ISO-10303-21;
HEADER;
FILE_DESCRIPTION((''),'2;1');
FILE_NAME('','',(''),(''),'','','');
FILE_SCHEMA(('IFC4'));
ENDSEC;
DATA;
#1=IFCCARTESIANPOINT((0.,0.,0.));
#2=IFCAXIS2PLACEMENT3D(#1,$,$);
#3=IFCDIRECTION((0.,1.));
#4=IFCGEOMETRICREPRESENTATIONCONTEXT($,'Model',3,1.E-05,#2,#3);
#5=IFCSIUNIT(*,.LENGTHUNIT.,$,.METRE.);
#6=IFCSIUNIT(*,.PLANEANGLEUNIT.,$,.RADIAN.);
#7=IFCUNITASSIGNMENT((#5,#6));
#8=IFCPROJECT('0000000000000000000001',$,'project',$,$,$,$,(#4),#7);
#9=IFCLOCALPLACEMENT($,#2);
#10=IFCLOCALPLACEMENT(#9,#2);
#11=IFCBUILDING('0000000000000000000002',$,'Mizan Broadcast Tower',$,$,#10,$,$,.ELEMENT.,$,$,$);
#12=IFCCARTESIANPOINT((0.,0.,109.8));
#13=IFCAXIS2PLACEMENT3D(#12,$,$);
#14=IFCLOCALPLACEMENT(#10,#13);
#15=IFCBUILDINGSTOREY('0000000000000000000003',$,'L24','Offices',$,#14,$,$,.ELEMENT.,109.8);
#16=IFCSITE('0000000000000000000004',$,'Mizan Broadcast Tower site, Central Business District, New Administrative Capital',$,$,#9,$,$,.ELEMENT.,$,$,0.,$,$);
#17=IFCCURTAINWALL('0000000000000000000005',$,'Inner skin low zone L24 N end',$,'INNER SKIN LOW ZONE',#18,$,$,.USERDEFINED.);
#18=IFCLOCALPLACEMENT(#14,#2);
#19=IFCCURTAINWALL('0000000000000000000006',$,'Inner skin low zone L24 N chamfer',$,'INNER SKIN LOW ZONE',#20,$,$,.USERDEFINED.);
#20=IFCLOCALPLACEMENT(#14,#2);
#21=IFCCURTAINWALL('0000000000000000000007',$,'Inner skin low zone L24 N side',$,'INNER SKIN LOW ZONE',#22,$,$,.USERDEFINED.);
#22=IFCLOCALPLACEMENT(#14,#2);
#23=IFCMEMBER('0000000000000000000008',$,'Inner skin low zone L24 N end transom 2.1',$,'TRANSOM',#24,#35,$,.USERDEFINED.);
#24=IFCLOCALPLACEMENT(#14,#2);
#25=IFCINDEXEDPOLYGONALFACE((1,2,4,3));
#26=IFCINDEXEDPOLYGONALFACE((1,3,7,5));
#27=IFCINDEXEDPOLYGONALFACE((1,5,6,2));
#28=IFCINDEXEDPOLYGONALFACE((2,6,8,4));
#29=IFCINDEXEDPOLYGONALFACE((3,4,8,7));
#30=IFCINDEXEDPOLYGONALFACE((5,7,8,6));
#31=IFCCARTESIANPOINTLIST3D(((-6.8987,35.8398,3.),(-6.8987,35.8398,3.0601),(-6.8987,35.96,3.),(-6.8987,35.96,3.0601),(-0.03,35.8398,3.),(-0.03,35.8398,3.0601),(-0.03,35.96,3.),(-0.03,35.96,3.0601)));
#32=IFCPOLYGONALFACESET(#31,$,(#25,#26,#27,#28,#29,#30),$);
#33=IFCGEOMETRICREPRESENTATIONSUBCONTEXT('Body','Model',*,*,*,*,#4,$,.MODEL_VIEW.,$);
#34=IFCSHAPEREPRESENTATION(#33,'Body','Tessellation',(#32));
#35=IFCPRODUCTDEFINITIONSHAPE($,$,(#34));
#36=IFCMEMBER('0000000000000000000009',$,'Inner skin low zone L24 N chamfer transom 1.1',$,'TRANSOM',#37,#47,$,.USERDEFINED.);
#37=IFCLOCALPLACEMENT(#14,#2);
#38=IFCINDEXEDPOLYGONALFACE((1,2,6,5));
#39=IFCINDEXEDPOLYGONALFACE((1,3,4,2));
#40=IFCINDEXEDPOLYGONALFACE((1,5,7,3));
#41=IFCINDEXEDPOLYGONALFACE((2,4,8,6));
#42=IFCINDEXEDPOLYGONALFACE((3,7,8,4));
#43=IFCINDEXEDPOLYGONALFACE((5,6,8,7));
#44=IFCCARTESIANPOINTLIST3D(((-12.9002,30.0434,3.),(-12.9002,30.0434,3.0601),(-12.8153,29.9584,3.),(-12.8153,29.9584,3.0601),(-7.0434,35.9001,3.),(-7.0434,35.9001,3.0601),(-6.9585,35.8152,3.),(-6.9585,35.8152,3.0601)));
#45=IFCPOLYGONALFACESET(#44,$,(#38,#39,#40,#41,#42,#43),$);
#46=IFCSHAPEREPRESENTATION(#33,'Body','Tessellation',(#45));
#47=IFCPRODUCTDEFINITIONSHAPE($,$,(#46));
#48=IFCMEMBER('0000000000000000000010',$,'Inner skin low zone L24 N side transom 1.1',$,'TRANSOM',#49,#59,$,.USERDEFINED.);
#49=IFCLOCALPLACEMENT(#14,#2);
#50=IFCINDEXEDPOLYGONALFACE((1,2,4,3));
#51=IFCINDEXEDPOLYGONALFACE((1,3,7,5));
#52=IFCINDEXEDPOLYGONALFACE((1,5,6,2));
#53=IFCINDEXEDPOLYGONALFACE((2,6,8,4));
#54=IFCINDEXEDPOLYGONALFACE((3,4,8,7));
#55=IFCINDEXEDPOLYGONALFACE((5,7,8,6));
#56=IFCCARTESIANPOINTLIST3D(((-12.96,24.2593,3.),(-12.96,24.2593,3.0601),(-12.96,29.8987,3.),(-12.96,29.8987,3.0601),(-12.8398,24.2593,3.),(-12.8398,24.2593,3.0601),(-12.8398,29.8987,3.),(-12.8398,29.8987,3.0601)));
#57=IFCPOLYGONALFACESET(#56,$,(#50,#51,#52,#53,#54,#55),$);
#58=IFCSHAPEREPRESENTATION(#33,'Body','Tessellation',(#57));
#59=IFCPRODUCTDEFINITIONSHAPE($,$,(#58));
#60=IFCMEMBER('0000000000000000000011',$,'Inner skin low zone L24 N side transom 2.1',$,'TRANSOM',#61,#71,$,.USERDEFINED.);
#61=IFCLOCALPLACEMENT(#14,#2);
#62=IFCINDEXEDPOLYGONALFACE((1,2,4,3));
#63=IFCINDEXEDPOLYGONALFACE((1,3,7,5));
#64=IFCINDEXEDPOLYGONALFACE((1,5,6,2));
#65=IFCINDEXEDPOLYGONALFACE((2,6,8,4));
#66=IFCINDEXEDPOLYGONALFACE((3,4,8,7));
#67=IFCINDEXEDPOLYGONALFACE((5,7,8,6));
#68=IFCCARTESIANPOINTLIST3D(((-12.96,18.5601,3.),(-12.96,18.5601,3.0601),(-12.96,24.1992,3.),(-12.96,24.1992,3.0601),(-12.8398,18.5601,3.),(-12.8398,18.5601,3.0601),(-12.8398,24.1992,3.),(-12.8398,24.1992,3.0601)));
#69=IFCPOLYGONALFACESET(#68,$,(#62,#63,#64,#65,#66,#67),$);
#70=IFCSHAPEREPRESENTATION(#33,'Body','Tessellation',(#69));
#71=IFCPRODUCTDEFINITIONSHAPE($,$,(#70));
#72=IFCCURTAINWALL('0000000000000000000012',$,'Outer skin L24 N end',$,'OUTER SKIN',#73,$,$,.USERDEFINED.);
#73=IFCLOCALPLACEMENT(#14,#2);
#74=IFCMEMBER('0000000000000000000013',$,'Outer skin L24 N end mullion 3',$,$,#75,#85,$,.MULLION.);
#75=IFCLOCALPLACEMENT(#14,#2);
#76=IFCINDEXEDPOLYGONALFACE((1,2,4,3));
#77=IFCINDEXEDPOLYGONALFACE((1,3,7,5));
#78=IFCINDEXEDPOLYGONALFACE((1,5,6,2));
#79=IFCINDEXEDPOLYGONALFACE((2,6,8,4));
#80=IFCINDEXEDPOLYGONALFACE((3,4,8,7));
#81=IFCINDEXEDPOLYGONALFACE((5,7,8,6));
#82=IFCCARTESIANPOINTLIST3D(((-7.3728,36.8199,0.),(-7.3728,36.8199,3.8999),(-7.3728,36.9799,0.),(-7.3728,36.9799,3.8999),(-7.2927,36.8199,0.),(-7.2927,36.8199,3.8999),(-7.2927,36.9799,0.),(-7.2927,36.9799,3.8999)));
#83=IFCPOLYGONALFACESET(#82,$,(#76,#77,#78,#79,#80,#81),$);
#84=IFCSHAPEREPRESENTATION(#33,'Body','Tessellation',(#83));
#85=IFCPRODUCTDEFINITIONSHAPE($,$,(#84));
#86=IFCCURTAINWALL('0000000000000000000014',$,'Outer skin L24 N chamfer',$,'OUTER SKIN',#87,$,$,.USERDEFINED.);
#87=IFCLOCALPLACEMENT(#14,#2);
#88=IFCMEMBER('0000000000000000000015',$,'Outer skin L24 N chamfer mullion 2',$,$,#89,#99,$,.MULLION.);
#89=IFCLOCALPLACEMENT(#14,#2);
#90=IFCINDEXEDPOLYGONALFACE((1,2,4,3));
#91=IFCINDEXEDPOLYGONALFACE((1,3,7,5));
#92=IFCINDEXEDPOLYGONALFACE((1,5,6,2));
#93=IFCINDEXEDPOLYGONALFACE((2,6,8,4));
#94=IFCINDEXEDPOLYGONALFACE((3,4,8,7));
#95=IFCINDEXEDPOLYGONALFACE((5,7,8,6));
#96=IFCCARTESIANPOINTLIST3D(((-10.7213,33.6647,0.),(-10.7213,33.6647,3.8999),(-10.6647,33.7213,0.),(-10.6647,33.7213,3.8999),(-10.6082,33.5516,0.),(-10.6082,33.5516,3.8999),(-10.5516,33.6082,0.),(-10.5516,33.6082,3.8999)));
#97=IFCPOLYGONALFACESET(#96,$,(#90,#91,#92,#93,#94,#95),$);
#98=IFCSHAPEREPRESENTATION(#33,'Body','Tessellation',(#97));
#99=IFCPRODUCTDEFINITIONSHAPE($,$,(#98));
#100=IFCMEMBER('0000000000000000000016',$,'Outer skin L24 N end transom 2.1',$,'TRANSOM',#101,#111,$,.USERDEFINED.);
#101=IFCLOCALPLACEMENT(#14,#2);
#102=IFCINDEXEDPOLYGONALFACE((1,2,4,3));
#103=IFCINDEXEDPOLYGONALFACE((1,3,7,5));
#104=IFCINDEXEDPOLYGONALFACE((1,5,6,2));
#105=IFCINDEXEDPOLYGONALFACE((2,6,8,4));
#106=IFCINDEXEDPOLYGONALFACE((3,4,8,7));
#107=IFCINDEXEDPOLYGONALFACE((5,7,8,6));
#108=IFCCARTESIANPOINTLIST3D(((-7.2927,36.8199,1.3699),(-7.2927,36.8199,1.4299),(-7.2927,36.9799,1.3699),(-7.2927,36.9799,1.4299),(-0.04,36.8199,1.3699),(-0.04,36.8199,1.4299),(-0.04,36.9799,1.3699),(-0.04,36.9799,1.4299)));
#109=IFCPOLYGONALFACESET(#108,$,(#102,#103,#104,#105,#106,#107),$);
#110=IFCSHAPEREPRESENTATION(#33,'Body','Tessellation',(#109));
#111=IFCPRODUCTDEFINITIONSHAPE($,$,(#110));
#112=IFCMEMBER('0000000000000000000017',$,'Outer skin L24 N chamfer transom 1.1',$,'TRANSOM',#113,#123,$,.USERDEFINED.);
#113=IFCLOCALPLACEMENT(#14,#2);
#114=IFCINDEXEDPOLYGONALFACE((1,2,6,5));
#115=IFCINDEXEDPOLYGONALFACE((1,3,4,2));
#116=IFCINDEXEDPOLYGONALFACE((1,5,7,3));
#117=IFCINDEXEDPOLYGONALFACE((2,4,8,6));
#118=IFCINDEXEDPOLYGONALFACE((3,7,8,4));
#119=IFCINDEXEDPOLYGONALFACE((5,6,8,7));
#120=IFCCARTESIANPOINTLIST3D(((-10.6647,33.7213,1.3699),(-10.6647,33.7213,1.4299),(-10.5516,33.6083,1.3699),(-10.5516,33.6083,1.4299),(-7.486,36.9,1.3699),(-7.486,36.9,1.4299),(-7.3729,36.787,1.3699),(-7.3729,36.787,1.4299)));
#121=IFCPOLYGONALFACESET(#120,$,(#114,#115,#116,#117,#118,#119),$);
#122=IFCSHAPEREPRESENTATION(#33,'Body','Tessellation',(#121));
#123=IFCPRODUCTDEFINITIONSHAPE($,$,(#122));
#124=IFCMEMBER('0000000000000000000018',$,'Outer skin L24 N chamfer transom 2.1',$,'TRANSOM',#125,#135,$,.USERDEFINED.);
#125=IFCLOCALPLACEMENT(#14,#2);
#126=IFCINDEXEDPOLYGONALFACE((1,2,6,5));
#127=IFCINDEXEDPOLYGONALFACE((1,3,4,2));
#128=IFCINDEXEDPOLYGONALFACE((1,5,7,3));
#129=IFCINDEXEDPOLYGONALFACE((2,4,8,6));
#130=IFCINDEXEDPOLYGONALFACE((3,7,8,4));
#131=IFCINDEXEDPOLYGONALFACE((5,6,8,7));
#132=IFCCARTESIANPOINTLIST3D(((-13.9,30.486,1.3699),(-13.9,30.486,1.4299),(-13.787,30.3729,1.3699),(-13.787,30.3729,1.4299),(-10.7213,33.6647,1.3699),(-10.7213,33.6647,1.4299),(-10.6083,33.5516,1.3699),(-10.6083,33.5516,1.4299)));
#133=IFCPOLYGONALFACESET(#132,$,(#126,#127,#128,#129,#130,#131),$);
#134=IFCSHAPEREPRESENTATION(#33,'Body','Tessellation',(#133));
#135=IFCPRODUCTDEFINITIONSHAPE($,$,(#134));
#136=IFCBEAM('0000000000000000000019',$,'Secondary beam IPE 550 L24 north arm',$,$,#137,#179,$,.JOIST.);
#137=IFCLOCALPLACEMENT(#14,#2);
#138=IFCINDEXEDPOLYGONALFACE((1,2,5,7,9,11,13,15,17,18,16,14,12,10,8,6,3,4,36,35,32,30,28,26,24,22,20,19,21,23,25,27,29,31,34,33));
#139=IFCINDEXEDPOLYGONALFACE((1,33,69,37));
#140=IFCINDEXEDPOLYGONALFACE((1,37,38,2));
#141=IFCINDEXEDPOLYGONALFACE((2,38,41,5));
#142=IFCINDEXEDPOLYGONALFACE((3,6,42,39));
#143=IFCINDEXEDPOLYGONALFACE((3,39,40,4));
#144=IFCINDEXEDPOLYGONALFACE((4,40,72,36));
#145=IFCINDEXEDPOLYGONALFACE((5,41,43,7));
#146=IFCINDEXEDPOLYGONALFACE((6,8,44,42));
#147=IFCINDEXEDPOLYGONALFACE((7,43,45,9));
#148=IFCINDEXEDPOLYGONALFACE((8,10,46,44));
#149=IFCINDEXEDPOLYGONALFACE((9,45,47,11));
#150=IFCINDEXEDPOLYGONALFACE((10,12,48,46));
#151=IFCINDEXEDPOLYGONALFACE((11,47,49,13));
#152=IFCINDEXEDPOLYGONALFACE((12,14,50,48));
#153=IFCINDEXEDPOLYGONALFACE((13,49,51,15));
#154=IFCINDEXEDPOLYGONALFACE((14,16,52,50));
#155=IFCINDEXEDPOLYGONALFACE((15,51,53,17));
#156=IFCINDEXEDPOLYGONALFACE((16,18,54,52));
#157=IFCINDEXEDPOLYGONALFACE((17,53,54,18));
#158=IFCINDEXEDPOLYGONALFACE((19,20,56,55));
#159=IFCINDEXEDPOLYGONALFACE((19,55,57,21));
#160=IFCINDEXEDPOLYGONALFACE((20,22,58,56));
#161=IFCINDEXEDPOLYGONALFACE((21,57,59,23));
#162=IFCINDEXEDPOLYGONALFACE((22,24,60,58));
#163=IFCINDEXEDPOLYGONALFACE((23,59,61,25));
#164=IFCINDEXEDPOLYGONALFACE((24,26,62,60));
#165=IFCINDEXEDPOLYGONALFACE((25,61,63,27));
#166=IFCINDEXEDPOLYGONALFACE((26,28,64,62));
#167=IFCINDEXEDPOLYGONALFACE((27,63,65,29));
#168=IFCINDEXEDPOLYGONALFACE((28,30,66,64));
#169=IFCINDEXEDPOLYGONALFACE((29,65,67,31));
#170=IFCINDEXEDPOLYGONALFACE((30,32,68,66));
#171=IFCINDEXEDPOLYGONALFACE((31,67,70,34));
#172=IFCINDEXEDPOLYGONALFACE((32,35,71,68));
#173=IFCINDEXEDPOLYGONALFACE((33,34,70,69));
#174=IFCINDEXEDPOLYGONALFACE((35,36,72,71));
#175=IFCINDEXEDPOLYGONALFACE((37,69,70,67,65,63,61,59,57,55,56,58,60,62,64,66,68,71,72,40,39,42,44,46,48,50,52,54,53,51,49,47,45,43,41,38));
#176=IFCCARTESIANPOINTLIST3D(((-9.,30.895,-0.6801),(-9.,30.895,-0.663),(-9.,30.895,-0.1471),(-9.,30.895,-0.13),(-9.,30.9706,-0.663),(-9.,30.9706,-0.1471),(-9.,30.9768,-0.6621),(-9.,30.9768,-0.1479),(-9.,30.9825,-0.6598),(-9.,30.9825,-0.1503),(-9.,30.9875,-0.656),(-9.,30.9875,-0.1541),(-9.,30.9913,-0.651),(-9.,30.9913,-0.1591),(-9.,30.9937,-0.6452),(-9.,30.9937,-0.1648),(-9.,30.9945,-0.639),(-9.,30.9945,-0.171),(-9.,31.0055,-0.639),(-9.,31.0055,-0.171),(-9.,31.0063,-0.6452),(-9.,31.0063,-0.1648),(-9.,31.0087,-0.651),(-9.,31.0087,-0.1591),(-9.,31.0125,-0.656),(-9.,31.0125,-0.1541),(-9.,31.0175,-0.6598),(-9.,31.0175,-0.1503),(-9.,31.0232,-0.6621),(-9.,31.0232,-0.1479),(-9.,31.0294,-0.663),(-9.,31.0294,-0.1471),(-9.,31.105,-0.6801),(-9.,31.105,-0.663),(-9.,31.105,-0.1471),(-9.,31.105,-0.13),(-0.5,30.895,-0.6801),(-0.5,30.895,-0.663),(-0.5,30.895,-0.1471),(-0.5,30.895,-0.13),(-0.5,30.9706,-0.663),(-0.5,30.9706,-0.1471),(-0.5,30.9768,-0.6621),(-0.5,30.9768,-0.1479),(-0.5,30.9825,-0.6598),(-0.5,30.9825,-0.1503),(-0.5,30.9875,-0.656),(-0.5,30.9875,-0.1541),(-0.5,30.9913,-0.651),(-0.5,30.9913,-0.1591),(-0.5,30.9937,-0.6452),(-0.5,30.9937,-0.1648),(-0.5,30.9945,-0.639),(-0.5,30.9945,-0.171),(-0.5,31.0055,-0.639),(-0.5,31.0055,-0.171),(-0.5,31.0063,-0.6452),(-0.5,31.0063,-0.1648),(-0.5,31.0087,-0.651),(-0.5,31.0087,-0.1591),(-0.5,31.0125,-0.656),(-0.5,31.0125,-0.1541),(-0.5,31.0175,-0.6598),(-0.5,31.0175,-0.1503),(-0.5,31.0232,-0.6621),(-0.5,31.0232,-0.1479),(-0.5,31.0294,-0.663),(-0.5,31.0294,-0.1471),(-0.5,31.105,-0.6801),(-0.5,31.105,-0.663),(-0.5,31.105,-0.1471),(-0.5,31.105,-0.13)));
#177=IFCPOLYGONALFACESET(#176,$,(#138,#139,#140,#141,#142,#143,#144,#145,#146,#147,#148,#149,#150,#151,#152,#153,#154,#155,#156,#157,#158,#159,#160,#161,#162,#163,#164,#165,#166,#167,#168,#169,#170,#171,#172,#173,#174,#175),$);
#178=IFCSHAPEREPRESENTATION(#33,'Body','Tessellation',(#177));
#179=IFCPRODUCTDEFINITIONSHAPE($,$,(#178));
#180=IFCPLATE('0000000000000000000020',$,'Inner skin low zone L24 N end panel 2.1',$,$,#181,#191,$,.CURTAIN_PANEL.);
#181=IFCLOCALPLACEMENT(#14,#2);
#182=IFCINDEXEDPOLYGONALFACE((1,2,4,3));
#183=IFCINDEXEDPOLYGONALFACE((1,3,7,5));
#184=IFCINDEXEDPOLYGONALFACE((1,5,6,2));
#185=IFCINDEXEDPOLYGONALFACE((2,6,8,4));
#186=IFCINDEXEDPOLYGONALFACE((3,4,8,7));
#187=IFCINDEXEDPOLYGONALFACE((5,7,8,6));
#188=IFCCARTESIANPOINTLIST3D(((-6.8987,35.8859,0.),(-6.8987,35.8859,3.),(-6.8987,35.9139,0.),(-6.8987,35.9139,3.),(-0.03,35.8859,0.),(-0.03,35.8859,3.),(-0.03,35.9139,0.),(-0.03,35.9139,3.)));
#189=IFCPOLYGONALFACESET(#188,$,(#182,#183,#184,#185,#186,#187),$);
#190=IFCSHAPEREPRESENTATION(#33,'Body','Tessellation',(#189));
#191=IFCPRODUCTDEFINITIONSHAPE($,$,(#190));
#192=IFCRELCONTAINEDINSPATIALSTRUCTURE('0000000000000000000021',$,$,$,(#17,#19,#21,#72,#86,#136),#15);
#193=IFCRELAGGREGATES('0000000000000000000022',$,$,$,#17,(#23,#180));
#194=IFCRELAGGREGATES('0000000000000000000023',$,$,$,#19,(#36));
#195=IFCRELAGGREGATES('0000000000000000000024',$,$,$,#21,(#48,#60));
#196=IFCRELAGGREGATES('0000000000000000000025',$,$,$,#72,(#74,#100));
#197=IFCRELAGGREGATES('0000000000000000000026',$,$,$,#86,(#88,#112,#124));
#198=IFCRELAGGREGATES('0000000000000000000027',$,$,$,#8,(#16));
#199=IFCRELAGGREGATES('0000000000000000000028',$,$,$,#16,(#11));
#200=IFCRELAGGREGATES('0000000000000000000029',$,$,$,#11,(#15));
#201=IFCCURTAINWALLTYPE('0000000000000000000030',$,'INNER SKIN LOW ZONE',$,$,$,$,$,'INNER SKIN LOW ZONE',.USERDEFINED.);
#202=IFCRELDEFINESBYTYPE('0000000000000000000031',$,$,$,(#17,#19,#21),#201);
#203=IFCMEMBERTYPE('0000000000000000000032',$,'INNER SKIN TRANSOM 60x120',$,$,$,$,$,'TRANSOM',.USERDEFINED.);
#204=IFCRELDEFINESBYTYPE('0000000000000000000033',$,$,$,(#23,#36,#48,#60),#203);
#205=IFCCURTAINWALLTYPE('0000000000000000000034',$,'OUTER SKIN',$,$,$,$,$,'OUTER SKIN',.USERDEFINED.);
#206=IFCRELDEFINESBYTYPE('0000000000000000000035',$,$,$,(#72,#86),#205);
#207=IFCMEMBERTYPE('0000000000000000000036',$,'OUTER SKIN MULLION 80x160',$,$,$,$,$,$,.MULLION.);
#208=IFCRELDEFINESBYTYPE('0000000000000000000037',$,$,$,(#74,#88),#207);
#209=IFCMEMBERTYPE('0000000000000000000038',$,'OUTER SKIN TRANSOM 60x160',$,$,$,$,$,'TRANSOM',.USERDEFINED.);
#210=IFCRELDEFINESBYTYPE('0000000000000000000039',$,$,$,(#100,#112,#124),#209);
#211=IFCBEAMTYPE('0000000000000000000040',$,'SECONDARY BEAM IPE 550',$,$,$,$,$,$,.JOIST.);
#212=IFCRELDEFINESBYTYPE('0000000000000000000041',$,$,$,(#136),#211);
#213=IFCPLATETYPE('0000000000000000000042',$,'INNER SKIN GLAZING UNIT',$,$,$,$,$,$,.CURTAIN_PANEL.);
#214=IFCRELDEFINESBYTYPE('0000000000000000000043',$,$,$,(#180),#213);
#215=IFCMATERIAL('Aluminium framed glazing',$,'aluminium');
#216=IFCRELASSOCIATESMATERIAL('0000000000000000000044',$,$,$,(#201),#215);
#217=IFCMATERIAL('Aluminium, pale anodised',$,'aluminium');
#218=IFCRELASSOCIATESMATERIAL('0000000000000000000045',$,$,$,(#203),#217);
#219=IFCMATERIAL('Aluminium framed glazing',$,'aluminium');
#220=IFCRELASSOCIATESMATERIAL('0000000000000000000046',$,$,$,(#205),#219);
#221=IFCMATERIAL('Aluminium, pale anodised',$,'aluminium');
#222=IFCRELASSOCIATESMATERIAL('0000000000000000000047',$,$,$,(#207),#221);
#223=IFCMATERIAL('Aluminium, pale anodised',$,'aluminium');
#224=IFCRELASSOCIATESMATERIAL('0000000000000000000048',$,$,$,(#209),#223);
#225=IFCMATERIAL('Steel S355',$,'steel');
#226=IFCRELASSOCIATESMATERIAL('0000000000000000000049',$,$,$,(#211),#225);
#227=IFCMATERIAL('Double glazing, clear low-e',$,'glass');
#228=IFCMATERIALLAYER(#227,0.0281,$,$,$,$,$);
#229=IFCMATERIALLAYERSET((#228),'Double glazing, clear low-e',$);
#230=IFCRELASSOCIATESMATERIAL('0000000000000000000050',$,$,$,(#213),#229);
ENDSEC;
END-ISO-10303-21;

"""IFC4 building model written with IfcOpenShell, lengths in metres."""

from ifc_helpers import new_model, si_unit, direction, frame, origin, origin_2d, place, context, subcontext, project, spatial, rectangle, i_section, extrude, material, layer, layer_set, material_profile, profile_set, type_object, element, aggregate, save


model = new_model("IFC4")

# Units and contexts
model_context = context("Model", 3, precision=1e-05, world=origin(), true_north=direction((0.0, 1.0)))
body_context = subcontext(model_context, "Body", "Model", "MODEL_VIEW")
ifc_project = project(units=[si_unit("LENGTHUNIT", "METRE"), si_unit("PLANEANGLEUNIT", "RADIAN")], contexts=[model_context])

# Site, building, storey
site_placement = place(None, origin())
site = spatial("IfcSite", under=ifc_project, at=site_placement, Name="Mizan Broadcast Tower site, Central Business District, New Administrative Capital", CompositionType="ELEMENT", RefElevation=0.0)
building_placement = place(site_placement, origin())
building = spatial("IfcBuilding", under=site, at=building_placement, Name="Mizan Broadcast Tower", CompositionType="ELEMENT")
storey_placement = place(building_placement, frame((0.0, 0.0, 109.8)))
storey = spatial("IfcBuildingStorey", under=building, at=storey_placement, Name="L24", Description="Offices", CompositionType="ELEMENT", Elevation=109.8)

# Curtain walls
ifc_material_1 = material(Name="Aluminium framed glazing", Category="aluminium")
curtain_wall_type_1 = type_object("IfcCurtainWallType", Name="INNER SKIN LOW ZONE", ElementType="INNER SKIN LOW ZONE", PredefinedType="USERDEFINED", material=ifc_material_1)
curtain_wall_1_placement = place(storey_placement, origin())
curtain_wall_1 = element("IfcCurtainWall", 1, at=curtain_wall_1_placement, inside=storey, type_object=curtain_wall_type_1, Name="Inner skin low zone L24 N end", ObjectType="INNER SKIN LOW ZONE", PredefinedType="USERDEFINED")
curtain_wall_2_placement = place(storey_placement, origin())
curtain_wall_2 = element("IfcCurtainWall", 2, at=curtain_wall_2_placement, inside=storey, type_object=curtain_wall_type_1, Name="Inner skin low zone L24 N chamfer", ObjectType="INNER SKIN LOW ZONE", PredefinedType="USERDEFINED")
curtain_wall_3_placement = place(storey_placement, origin())
curtain_wall_3 = element("IfcCurtainWall", 3, at=curtain_wall_3_placement, inside=storey, type_object=curtain_wall_type_1, Name="Inner skin low zone L24 N side", ObjectType="INNER SKIN LOW ZONE", PredefinedType="USERDEFINED")

# Members
ifc_material_2 = material(Name="Aluminium, pale anodised", Category="aluminium")
ifc_material_profile_1 = material_profile(ifc_material_2, rectangle(XDim=0.1201, YDim=0.0601, at=origin_2d()), Name="TRANSOM 120x60")
ifc_profile_set_1 = profile_set([ifc_material_profile_1], Name="Aluminium, pale anodised")
member_type_1 = type_object("IfcMemberType", Name="INNER SKIN TRANSOM 60x120", ElementType="TRANSOM", PredefinedType="USERDEFINED", material=ifc_profile_set_1)
member_1_placement = place(storey_placement, frame((-0.03, 35.8999, 3.03), z_axis=(-1.0, 0.0, 0.0), x_axis=(0.0, -1.0, 0.0)))
member_1 = element("IfcMember", 4, at=member_1_placement, type_object=member_type_1, Name="Inner skin low zone L24 N end transom 2.1", ObjectType="TRANSOM", PredefinedType="USERDEFINED", context=body_context, shape_type="SweptSolid", body=[
    extrude(rectangle(XDim=0.1201, YDim=0.0601, at=origin_2d()), origin(), (0.0, 0.0, 1.0), 6.8687),
])
member_2_placement = place(storey_placement, frame((-7.001, 35.8577, 3.03), z_axis=(-0.707107, -0.707107, 0.0), x_axis=(0.707107, -0.707107, 0.0)))
member_2 = element("IfcMember", 5, at=member_2_placement, type_object=member_type_1, Name="Inner skin low zone L24 N chamfer transom 1.1", ObjectType="TRANSOM", PredefinedType="USERDEFINED", context=body_context, shape_type="SweptSolid", body=[
    extrude(rectangle(XDim=0.1201, YDim=0.0601, at=origin_2d()), origin(), (0.0, 0.0, 1.0), 8.2827),
])
member_3_placement = place(storey_placement, frame((-12.8999, 29.8987, 3.03), z_axis=(0.0, -1.0, 0.0), x_axis=(1.0, 0.0, 0.0)))
member_3 = element("IfcMember", 6, at=member_3_placement, type_object=member_type_1, Name="Inner skin low zone L24 N side transom 1.1", ObjectType="TRANSOM", PredefinedType="USERDEFINED", context=body_context, shape_type="SweptSolid", body=[
    extrude(rectangle(XDim=0.1201, YDim=0.0601, at=origin_2d()), origin(), (0.0, 0.0, 1.0), 5.6394),
])
member_4_placement = place(storey_placement, frame((-12.8999, 24.1992, 3.03), z_axis=(0.0, -1.0, 0.0), x_axis=(1.0, 0.0, 0.0)))
member_4 = element("IfcMember", 7, at=member_4_placement, type_object=member_type_1, Name="Inner skin low zone L24 N side transom 2.1", ObjectType="TRANSOM", PredefinedType="USERDEFINED", context=body_context, shape_type="SweptSolid", body=[
    extrude(rectangle(XDim=0.1201, YDim=0.0601, at=origin_2d()), origin(), (0.0, 0.0, 1.0), 5.6392),
])

# Curtain walls, members
ifc_material_3 = material(Name="Aluminium framed glazing", Category="aluminium")
curtain_wall_type_2 = type_object("IfcCurtainWallType", Name="OUTER SKIN", ElementType="OUTER SKIN", PredefinedType="USERDEFINED", material=ifc_material_3)
curtain_wall_4_placement = place(storey_placement, origin())
curtain_wall_4 = element("IfcCurtainWall", 8, at=curtain_wall_4_placement, inside=storey, type_object=curtain_wall_type_2, Name="Outer skin L24 N end", ObjectType="OUTER SKIN", PredefinedType="USERDEFINED")
ifc_material_4 = material(Name="Aluminium, pale anodised", Category="aluminium")
ifc_material_profile_2 = material_profile(ifc_material_4, rectangle(XDim=0.1599, YDim=0.0801, at=origin_2d()), Name="MULLION 160x80")
ifc_profile_set_2 = profile_set([ifc_material_profile_2], Name="Aluminium, pale anodised")
member_type_2 = type_object("IfcMemberType", Name="OUTER SKIN MULLION 80x160", PredefinedType="MULLION", material=ifc_profile_set_2)
member_5_placement = place(storey_placement, frame((-7.3328, 36.8999, 0.0), z_axis=(0.0, 0.0, 1.0), x_axis=(0.0, -1.0, 0.0)))
member_5 = element("IfcMember", 9, at=member_5_placement, type_object=member_type_2, Name="Outer skin L24 N end mullion 3", PredefinedType="MULLION", context=body_context, shape_type="SweptSolid", body=[
    extrude(rectangle(XDim=0.1599, YDim=0.0801, at=origin_2d()), origin(), (0.0, 0.0, 1.0), 3.8999),
])
curtain_wall_5_placement = place(storey_placement, origin())
curtain_wall_5 = element("IfcCurtainWall", 10, at=curtain_wall_5_placement, inside=storey, type_object=curtain_wall_type_2, Name="Outer skin L24 N chamfer", ObjectType="OUTER SKIN", PredefinedType="USERDEFINED")
member_6_placement = place(storey_placement, frame((-10.6365, 33.6365, 0.0), z_axis=(0.0, 0.0, 1.0), x_axis=(0.707107, -0.707107, 0.0)))
member_6 = element("IfcMember", 11, at=member_6_placement, type_object=member_type_2, Name="Outer skin L24 N chamfer mullion 2", PredefinedType="MULLION", context=body_context, shape_type="SweptSolid", body=[
    extrude(rectangle(XDim=0.1599, YDim=0.0801, at=origin_2d()), origin(), (0.0, 0.0, 1.0), 3.8999),
])

# Members
ifc_material_5 = material(Name="Aluminium, pale anodised", Category="aluminium")
ifc_material_profile_3 = material_profile(ifc_material_5, rectangle(XDim=0.1599, YDim=0.0601, at=origin_2d()), Name="TRANSOM 160x60")
ifc_profile_set_3 = profile_set([ifc_material_profile_3], Name="Aluminium, pale anodised")
member_type_3 = type_object("IfcMemberType", Name="OUTER SKIN TRANSOM 60x160", ElementType="TRANSOM", PredefinedType="USERDEFINED", material=ifc_profile_set_3)
member_7_placement = place(storey_placement, frame((-0.04, 36.8999, 1.3999), z_axis=(-1.0, 0.0, 0.0), x_axis=(0.0, -1.0, 0.0)))
member_7 = element("IfcMember", 12, at=member_7_placement, type_object=member_type_3, Name="Outer skin L24 N end transom 2.1", ObjectType="TRANSOM", PredefinedType="USERDEFINED", context=body_context, shape_type="SweptSolid", body=[
    extrude(rectangle(XDim=0.1599, YDim=0.0601, at=origin_2d()), origin(), (0.0, 0.0, 1.0), 7.2527),
])
member_8_placement = place(storey_placement, frame((-7.4294, 36.8435, 1.3999), z_axis=(-0.707107, -0.707107, 0.0), x_axis=(0.707107, -0.707107, 0.0)))
member_8 = element("IfcMember", 13, at=member_8_placement, type_object=member_type_3, Name="Outer skin L24 N chamfer transom 1.1", ObjectType="TRANSOM", PredefinedType="USERDEFINED", context=body_context, shape_type="SweptSolid", body=[
    extrude(rectangle(XDim=0.1599, YDim=0.0601, at=origin_2d()), origin(), (0.0, 0.0, 1.0), 4.4954),
])
member_9_placement = place(storey_placement, frame((-10.6648, 33.6082, 1.3999), z_axis=(-0.707107, -0.707107, 0.0), x_axis=(0.707107, -0.707107, 0.0)))
member_9 = element("IfcMember", 14, at=member_9_placement, type_object=member_type_3, Name="Outer skin L24 N chamfer transom 2.1", ObjectType="TRANSOM", PredefinedType="USERDEFINED", context=body_context, shape_type="SweptSolid", body=[
    extrude(rectangle(XDim=0.1599, YDim=0.0601, at=origin_2d()), origin(), (0.0, 0.0, 1.0), 4.4954),
])

# Beam
ifc_material_6 = material(Name="Steel S355", Category="steel")
ifc_material_profile_4 = material_profile(ifc_material_6, i_section(OverallWidth=0.21, OverallDepth=0.55, WebThickness=0.011, FlangeThickness=0.0171, FilletRadius=0.0239, at=origin_2d()), Name="IPE 550")
ifc_profile_set_4 = profile_set([ifc_material_profile_4], Name="Steel S355")
beam_type_1 = type_object("IfcBeamType", Name="SECONDARY BEAM IPE 550", PredefinedType="JOIST", material=ifc_profile_set_4)
beam_1_placement = place(storey_placement, frame((-9.0, 31.0, -0.405), z_axis=(1.0, 0.0, 0.0), x_axis=(0.0, 1.0, 0.0)))
element("IfcBeam", 15, at=beam_1_placement, inside=storey, type_object=beam_type_1, Name="Secondary beam IPE 550 L24 north arm", PredefinedType="JOIST", context=body_context, shape_type="SweptSolid", body=[
    extrude(i_section(OverallWidth=0.21, OverallDepth=0.55, WebThickness=0.011, FlangeThickness=0.0171, FilletRadius=0.0239, at=origin_2d()), origin(), (0.0, 0.0, 1.0), 8.5),
])

# Plate
ifc_material_7 = material(Name="Double glazing, clear low-e", Category="glass")
ifc_layer_1 = layer(ifc_material_7, 0.0281)
ifc_layer_set_1 = layer_set([ifc_layer_1], Name="Double glazing, clear low-e")
plate_type_1 = type_object("IfcPlateType", Name="INNER SKIN GLAZING UNIT", PredefinedType="CURTAIN_PANEL", material=ifc_layer_set_1)
plate_1_placement = place(storey_placement, frame((-3.4644, 35.8999, 0.0), z_axis=(0.0, 0.0, 1.0), x_axis=(-1.0, 0.0, 0.0)))
plate_1 = element("IfcPlate", 16, at=plate_1_placement, type_object=plate_type_1, Name="Inner skin low zone L24 N end panel 2.1", PredefinedType="CURTAIN_PANEL", context=body_context, shape_type="SweptSolid", body=[
    extrude(rectangle(XDim=6.8687, YDim=0.0281, at=origin_2d()), origin(), (0.0, 0.0, 1.0), 3.0),
])
aggregate(curtain_wall_1, [member_1, plate_1])
aggregate(curtain_wall_2, [member_2])
aggregate(curtain_wall_3, [member_3, member_4])
aggregate(curtain_wall_4, [member_5, member_7])
aggregate(curtain_wall_5, [member_6, member_8, member_9])

save(model, "model.ifc")
